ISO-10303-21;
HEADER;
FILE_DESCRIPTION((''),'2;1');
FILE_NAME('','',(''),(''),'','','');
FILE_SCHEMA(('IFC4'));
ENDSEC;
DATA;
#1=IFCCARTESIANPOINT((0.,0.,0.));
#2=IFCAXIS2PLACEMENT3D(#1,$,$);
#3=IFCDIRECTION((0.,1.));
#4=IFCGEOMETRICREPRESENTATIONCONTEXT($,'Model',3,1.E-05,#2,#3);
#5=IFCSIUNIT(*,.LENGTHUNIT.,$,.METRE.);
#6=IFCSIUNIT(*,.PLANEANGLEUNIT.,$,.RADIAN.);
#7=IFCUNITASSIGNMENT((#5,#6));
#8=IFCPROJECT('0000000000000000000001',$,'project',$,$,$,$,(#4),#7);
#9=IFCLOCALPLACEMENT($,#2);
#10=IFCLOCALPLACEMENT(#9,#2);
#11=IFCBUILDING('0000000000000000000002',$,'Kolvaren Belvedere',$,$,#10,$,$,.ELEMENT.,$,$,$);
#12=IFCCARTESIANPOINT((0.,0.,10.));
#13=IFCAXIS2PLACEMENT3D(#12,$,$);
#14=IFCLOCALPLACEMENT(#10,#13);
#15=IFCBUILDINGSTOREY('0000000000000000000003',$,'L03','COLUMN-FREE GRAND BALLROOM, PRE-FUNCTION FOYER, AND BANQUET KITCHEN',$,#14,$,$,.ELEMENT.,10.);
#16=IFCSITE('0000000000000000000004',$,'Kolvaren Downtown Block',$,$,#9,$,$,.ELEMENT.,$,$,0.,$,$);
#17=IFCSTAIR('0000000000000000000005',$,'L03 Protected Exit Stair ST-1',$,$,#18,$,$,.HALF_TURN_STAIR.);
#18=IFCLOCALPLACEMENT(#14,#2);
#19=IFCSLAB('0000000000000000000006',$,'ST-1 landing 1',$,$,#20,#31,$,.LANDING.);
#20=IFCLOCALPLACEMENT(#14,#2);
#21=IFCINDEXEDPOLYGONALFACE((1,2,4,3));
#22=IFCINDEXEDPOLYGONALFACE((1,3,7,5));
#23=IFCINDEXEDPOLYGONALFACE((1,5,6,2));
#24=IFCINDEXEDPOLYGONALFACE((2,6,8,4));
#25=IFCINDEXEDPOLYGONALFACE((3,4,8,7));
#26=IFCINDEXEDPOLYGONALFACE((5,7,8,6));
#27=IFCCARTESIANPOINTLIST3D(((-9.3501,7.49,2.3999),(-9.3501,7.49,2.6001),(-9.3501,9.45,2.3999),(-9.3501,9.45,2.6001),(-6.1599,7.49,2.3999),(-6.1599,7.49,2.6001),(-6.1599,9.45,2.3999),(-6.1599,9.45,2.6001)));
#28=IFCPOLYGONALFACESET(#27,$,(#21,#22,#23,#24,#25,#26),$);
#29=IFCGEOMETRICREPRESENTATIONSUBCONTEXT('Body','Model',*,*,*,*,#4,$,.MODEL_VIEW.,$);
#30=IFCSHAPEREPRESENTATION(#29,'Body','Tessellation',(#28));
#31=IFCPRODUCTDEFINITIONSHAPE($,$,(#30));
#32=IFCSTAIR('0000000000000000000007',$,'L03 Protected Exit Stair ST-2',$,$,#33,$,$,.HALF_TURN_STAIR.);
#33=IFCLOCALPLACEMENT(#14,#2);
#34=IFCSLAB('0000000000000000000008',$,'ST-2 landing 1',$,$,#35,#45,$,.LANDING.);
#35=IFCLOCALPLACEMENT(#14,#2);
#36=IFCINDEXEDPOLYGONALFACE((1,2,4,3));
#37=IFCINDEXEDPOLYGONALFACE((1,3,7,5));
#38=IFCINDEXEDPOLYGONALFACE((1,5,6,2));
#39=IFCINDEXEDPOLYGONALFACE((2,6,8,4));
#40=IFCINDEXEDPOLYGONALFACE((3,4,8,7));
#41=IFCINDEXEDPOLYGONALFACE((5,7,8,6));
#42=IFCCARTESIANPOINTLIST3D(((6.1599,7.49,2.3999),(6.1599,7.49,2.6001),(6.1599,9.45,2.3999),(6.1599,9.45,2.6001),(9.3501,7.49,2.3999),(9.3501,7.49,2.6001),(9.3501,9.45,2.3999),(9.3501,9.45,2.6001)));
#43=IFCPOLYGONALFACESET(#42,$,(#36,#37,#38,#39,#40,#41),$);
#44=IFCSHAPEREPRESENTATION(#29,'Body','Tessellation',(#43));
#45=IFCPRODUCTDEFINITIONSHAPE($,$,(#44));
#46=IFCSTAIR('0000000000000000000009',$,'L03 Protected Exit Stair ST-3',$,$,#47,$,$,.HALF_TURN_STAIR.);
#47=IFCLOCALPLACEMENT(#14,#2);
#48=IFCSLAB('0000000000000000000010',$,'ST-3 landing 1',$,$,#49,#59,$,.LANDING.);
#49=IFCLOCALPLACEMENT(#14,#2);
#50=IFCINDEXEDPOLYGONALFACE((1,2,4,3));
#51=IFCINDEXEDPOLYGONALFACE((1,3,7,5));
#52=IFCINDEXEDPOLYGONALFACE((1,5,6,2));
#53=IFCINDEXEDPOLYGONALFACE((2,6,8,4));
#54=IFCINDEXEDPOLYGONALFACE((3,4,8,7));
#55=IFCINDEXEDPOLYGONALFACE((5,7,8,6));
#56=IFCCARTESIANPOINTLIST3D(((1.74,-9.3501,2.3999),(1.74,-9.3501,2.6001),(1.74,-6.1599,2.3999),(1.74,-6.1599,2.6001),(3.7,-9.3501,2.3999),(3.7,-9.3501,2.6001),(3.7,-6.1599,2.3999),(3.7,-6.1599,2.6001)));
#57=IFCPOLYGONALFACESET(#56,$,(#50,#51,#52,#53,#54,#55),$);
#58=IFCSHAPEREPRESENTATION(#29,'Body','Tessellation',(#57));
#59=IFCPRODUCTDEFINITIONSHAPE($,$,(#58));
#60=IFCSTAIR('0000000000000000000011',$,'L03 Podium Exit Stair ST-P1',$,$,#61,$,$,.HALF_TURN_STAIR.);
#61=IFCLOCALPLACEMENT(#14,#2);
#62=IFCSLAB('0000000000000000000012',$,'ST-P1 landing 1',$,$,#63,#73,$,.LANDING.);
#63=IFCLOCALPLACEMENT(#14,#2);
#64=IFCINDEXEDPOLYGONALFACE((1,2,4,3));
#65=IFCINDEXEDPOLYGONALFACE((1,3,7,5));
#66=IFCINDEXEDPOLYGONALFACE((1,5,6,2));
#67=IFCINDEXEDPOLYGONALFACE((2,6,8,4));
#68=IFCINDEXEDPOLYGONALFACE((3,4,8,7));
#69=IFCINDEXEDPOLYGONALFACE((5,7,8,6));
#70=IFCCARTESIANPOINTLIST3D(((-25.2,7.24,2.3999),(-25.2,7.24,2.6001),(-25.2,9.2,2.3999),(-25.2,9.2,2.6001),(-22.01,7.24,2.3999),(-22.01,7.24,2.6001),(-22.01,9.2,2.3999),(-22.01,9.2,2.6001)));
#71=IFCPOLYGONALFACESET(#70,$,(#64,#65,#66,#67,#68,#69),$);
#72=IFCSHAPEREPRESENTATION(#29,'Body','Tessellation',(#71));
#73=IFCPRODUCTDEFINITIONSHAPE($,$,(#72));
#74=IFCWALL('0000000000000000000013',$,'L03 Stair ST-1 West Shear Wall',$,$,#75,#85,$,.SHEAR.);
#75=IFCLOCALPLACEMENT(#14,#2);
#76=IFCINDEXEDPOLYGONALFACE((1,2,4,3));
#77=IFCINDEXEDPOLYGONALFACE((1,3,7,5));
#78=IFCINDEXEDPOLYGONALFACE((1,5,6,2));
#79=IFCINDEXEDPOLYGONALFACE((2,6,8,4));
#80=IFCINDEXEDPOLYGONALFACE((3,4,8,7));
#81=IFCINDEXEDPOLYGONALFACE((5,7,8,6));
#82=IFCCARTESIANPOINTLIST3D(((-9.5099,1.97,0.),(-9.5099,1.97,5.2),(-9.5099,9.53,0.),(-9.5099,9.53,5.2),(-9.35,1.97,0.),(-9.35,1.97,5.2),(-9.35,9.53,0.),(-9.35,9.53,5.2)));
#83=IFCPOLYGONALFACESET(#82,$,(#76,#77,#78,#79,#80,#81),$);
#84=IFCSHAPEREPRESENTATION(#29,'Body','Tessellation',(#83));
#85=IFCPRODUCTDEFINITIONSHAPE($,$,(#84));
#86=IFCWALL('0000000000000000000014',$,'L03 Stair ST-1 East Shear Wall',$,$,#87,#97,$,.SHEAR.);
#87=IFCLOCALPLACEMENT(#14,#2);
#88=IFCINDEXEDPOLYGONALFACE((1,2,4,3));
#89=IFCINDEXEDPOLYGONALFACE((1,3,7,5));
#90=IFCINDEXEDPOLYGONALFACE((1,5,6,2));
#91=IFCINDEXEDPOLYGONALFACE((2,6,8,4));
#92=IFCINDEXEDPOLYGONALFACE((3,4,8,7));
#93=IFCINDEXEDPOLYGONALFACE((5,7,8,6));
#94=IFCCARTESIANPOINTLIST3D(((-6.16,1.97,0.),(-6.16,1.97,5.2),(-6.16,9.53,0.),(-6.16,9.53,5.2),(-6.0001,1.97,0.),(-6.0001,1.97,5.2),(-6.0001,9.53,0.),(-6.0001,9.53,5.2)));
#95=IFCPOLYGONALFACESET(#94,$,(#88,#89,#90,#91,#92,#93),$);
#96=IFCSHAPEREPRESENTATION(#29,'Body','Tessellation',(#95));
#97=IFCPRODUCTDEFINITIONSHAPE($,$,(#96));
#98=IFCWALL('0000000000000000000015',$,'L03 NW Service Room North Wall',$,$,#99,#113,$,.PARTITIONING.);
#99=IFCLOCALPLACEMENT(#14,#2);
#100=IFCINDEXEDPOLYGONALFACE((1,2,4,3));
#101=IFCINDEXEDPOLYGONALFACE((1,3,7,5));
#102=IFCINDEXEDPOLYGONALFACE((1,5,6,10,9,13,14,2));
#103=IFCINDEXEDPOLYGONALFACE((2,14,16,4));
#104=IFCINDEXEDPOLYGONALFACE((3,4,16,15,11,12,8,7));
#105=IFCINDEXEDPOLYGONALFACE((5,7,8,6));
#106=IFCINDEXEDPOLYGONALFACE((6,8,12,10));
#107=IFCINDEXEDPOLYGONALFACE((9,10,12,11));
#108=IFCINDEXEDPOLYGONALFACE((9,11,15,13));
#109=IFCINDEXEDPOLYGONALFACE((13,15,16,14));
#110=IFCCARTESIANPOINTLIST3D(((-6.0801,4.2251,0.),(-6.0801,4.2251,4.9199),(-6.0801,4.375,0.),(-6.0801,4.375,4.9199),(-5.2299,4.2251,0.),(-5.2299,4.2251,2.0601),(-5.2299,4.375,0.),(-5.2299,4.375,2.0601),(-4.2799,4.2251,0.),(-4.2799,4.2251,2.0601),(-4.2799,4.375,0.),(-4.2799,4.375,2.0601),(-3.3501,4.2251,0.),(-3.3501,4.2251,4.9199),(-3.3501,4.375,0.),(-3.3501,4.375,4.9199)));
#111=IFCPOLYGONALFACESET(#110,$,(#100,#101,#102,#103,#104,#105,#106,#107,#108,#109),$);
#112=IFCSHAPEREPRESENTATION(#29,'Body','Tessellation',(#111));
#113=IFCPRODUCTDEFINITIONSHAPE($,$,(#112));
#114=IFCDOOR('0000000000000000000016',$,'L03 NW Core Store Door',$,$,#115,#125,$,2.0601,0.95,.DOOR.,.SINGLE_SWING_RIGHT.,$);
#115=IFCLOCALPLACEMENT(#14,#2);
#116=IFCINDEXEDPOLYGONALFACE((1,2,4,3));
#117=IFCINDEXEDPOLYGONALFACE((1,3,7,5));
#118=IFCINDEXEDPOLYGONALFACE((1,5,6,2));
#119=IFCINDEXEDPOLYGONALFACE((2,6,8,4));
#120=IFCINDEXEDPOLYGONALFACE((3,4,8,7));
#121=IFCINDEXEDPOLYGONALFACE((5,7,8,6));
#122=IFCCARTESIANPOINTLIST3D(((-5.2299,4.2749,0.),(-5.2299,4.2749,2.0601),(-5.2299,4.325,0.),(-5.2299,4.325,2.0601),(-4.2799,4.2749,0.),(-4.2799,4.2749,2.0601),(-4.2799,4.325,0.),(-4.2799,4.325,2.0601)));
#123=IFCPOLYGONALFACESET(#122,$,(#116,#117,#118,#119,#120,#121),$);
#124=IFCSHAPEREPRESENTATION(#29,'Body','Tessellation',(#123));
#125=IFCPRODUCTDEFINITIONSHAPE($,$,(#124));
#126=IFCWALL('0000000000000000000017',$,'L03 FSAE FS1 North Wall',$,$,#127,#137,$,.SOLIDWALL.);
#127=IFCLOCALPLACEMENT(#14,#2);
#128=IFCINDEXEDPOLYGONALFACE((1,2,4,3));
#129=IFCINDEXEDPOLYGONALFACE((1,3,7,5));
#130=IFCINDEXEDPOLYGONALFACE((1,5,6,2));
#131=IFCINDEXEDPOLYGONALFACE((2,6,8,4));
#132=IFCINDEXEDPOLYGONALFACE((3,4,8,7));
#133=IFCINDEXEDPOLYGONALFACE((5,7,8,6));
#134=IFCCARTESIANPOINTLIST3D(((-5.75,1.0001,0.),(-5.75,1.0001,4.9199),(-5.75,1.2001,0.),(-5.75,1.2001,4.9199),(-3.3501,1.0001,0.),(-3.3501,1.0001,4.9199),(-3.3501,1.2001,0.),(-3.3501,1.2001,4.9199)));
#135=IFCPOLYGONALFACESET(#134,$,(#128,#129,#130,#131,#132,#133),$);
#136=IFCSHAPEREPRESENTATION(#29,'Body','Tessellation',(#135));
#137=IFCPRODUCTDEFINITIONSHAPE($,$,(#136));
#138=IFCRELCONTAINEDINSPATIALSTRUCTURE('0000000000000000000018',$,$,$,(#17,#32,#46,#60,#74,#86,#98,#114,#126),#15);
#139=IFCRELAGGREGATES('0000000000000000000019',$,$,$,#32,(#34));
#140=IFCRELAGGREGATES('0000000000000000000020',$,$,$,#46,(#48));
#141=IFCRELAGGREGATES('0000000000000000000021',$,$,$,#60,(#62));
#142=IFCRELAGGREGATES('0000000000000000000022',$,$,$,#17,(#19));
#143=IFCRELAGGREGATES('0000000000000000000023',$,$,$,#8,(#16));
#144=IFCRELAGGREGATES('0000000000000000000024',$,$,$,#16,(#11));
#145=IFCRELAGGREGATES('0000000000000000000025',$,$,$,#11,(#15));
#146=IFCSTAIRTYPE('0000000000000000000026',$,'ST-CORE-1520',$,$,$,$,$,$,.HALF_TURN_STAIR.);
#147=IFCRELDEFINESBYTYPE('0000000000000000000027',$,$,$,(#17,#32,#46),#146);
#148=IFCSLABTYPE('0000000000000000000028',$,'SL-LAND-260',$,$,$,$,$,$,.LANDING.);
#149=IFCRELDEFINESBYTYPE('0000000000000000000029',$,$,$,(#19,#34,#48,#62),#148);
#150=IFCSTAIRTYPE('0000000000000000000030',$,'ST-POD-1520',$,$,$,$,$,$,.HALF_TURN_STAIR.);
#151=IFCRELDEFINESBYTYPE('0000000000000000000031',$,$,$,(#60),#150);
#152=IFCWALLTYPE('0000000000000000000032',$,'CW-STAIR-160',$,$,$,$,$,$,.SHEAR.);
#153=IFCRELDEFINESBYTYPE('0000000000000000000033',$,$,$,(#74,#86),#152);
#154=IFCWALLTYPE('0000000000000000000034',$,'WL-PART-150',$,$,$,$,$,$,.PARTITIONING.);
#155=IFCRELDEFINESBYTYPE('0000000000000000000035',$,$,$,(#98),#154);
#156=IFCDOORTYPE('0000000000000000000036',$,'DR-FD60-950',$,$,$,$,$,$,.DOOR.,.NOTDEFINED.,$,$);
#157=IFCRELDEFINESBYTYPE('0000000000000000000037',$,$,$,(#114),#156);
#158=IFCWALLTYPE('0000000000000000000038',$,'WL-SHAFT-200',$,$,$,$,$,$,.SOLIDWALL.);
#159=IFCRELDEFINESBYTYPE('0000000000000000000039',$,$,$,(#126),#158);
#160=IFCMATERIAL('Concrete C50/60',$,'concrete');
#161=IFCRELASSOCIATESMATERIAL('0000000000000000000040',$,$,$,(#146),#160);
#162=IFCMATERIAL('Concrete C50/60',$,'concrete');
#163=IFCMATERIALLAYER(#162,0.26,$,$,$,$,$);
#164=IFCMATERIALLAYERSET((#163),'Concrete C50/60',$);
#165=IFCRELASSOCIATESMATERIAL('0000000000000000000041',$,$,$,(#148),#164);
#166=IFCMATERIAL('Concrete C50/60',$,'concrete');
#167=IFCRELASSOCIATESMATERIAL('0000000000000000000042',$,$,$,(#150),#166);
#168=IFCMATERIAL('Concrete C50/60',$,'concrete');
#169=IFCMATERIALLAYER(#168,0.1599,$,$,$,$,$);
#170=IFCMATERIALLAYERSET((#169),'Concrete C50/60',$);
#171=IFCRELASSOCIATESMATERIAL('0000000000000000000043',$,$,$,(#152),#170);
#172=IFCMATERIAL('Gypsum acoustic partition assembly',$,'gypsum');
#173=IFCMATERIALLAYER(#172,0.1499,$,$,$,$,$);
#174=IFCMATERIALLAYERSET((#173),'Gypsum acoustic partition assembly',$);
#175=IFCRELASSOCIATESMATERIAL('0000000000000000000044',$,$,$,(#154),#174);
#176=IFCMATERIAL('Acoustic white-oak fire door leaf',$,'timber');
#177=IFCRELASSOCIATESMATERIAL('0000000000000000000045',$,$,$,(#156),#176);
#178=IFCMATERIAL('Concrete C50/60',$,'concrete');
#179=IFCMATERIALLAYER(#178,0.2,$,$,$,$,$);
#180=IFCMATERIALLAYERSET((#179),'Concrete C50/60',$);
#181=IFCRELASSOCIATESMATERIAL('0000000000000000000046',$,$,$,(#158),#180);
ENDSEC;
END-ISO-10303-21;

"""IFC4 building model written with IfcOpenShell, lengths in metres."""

from ifc_helpers import new_model, si_unit, direction, frame, frame_2d, origin, place, context, subcontext, project, spatial, polyline, rectangle, outline, extrude, material, layer, layer_set, type_object, element, fill, aggregate, save


model = new_model("IFC4")

# Units and contexts
model_context = context("Model", 3, precision=1e-05, world=origin(), true_north=direction((0.0, 1.0)))
body_context = subcontext(model_context, "Body", "Model", "MODEL_VIEW")
ifc_project = project(units=[si_unit("LENGTHUNIT", "METRE"), si_unit("PLANEANGLEUNIT", "RADIAN")], contexts=[model_context])

# Site, building, storey
site_placement = place(None, origin())
site = spatial("IfcSite", under=ifc_project, at=site_placement, Name="Kolvaren Downtown Block", CompositionType="ELEMENT", RefElevation=0.0)
building_placement = place(site_placement, origin())
building = spatial("IfcBuilding", under=site, at=building_placement, Name="Kolvaren Belvedere", CompositionType="ELEMENT")
storey_placement = place(building_placement, frame((0.0, 0.0, 10.0)))
storey = spatial("IfcBuildingStorey", under=building, at=storey_placement, Name="L03", Description="COLUMN-FREE GRAND BALLROOM, PRE-FUNCTION FOYER, AND BANQUET KITCHEN", CompositionType="ELEMENT", Elevation=10.0)

# Stairs, slabs
ifc_material_1 = material(Name="Concrete C50/60", Category="concrete")
stair_type_1 = type_object("IfcStairType", Name="ST-CORE-1520", PredefinedType="HALF_TURN_STAIR", material=ifc_material_1)
stair_1_placement = place(storey_placement, origin())
stair_1 = element("IfcStair", 1, at=stair_1_placement, inside=storey, type_object=stair_type_1, Name="L03 Protected Exit Stair ST-1", PredefinedType="HALF_TURN_STAIR")
ifc_material_2 = material(Name="Concrete C50/60", Category="concrete")
ifc_layer_1 = layer(ifc_material_2, 0.26)
ifc_layer_set_1 = layer_set([ifc_layer_1], Name="Concrete C50/60")
slab_type = type_object("IfcSlabType", Name="SL-LAND-260", PredefinedType="LANDING", material=ifc_layer_set_1)
slab_1_placement = place(storey_placement, frame((0.0, 0.0, 2.3999)))
slab_1 = element("IfcSlab", 2, at=slab_1_placement, type_object=slab_type, Name="ST-1 landing 1", PredefinedType="LANDING", context=body_context, shape_type="SweptSolid", body=[
    extrude(outline(polyline([(-6.1599, 7.49), (-6.1599, 9.45), (-9.3501, 9.45), (-9.3501, 7.49), (-6.1599, 7.49)])), origin(), (0.0, 0.0, 1.0), 0.2002),
])
stair_2_placement = place(storey_placement, origin())
stair_2 = element("IfcStair", 3, at=stair_2_placement, inside=storey, type_object=stair_type_1, Name="L03 Protected Exit Stair ST-2", PredefinedType="HALF_TURN_STAIR")
slab_2_placement = place(storey_placement, frame((0.0, 0.0, 2.3999)))
slab_2 = element("IfcSlab", 4, at=slab_2_placement, type_object=slab_type, Name="ST-2 landing 1", PredefinedType="LANDING", context=body_context, shape_type="SweptSolid", body=[
    extrude(outline(polyline([(9.3501, 7.49), (9.3501, 9.45), (6.1599, 9.45), (6.1599, 7.49), (9.3501, 7.49)])), origin(), (0.0, 0.0, 1.0), 0.2002),
])
aggregate(stair_2, [slab_2])
stair_3_placement = place(storey_placement, origin())
stair_3 = element("IfcStair", 5, at=stair_3_placement, inside=storey, type_object=stair_type_1, Name="L03 Protected Exit Stair ST-3", PredefinedType="HALF_TURN_STAIR")
slab_3_placement = place(storey_placement, frame((0.0, 0.0, 2.3999)))
slab_3 = element("IfcSlab", 6, at=slab_3_placement, type_object=slab_type, Name="ST-3 landing 1", PredefinedType="LANDING", context=body_context, shape_type="SweptSolid", body=[
    extrude(outline(polyline([(1.74, -9.3501), (3.7, -9.3501), (3.7, -6.1599), (1.74, -6.1599), (1.74, -9.3501)])), origin(), (0.0, 0.0, 1.0), 0.2002),
])
aggregate(stair_3, [slab_3])
ifc_material_3 = material(Name="Concrete C50/60", Category="concrete")
stair_type_2 = type_object("IfcStairType", Name="ST-POD-1520", PredefinedType="HALF_TURN_STAIR", material=ifc_material_3)
stair_4_placement = place(storey_placement, origin())
stair_4 = element("IfcStair", 7, at=stair_4_placement, inside=storey, type_object=stair_type_2, Name="L03 Podium Exit Stair ST-P1", PredefinedType="HALF_TURN_STAIR")
slab_4_placement = place(storey_placement, frame((0.0, 0.0, 2.3999)))
slab_4 = element("IfcSlab", 8, at=slab_4_placement, type_object=slab_type, Name="ST-P1 landing 1", PredefinedType="LANDING", context=body_context, shape_type="SweptSolid", body=[
    extrude(outline(polyline([(-22.01, 7.24), (-22.01, 9.2), (-25.2, 9.2), (-25.2, 7.24), (-22.01, 7.24)])), origin(), (0.0, 0.0, 1.0), 0.2002),
])
aggregate(stair_4, [slab_4])

# Walls
ifc_material_4 = material(Name="Concrete C50/60", Category="concrete")
ifc_layer_2 = layer(ifc_material_4, 0.1599)
ifc_layer_set_2 = layer_set([ifc_layer_2], Name="Concrete C50/60")
wall_type_1 = type_object("IfcWallType", Name="CW-STAIR-160", PredefinedType="SHEAR", material=ifc_layer_set_2)
for number, where, z_axis, x_axis, name in (
    (9, (-9.4299, 1.97, 0.0), (0.0, 0.0, 1.0), (0.0, 1.0, 0.0), "L03 Stair ST-1 West Shear Wall"),
    (10, (-6.0801, 1.97, 0.0), (0.0, 0.0, 1.0), (0.0, 1.0, 0.0), "L03 Stair ST-1 East Shear Wall"),
):
    element("IfcWall", number, at=place(storey_placement, frame(where, z_axis=z_axis, x_axis=x_axis)), inside=storey, type_object=wall_type_1, Name=name, PredefinedType="SHEAR", context=body_context, shape_type="SweptSolid", body=[
        extrude(rectangle(XDim=7.5601, YDim=0.1599, at=frame_2d((3.78, 0.0))), origin(), (0.0, 0.0, 1.0), 5.2),
    ])

# Wall, opening, door
ifc_material_5 = material(Name="Gypsum acoustic partition assembly", Category="gypsum")
ifc_layer_3 = layer(ifc_material_5, 0.1499)
ifc_layer_set_3 = layer_set([ifc_layer_3], Name="Gypsum acoustic partition assembly")
wall_type_2 = type_object("IfcWallType", Name="WL-PART-150", PredefinedType="PARTITIONING", material=ifc_layer_set_3)
wall_1_placement = place(storey_placement, frame((-6.0801, 4.3, 0.0), z_axis=(0.0, 0.0, 1.0), x_axis=(1.0, 0.0, 0.0)))
wall_1 = element("IfcWall", 11, at=wall_1_placement, inside=storey, type_object=wall_type_2, Name="L03 NW Service Room North Wall", PredefinedType="PARTITIONING", context=body_context, shape_type="SweptSolid", body=[
    extrude(rectangle(XDim=2.73, YDim=0.1499, at=frame_2d((1.365, 0.0))), origin(), (0.0, 0.0, 1.0), 4.9199),
])
opening_1_placement = place(wall_1_placement, frame((0.8501, 0.0, 0.0)))
opening_1 = element("IfcOpeningElement", 12, at=opening_1_placement, cuts=wall_1, PredefinedType="OPENING", context=body_context, shape_type="SweptSolid", body=[
    extrude(rectangle(XDim=0.95, YDim=2.0601, at=frame_2d((0.4751, 1.03))), frame((0.0, 0.085, 0.0), z_axis=(0.0, -1.0, 0.0), x_axis=(1.0, 0.0, 0.0)), (0.0, 0.0, 1.0), 0.1699),
])
ifc_material_6 = material(Name="Acoustic white-oak fire door leaf", Category="timber")
door_type_1 = type_object("IfcDoorType", Name="DR-FD60-950", OperationType="NOTDEFINED", PredefinedType="DOOR", material=ifc_material_6)
door_1_placement = place(opening_1_placement, origin())
door_1 = element("IfcDoor", 13, at=door_1_placement, inside=storey, type_object=door_type_1, Name="L03 NW Core Store Door", OperationType="SINGLE_SWING_RIGHT", OverallHeight=2.0601, OverallWidth=0.95, PredefinedType="DOOR", context=body_context, shape_type="SweptSolid", body=[
    extrude(rectangle(XDim=0.95, YDim=2.0601, at=frame_2d((0.4751, 1.03))), frame((0.0, 0.0249, 0.0), z_axis=(0.0, -1.0, 0.0), x_axis=(1.0, 0.0, 0.0)), (0.0, 0.0, 1.0), 0.05),
])
fill(opening_1, door_1)

# Wall
ifc_material_7 = material(Name="Concrete C50/60", Category="concrete")
ifc_layer_4 = layer(ifc_material_7, 0.2)
ifc_layer_set_4 = layer_set([ifc_layer_4], Name="Concrete C50/60")
wall_type_3 = type_object("IfcWallType", Name="WL-SHAFT-200", PredefinedType="SOLIDWALL", material=ifc_layer_set_4)
wall_2_placement = place(storey_placement, frame((-5.75, 1.1001, 0.0), z_axis=(0.0, 0.0, 1.0), x_axis=(1.0, 0.0, 0.0)))
element("IfcWall", 14, at=wall_2_placement, inside=storey, type_object=wall_type_3, Name="L03 FSAE FS1 North Wall", PredefinedType="SOLIDWALL", context=body_context, shape_type="SweptSolid", body=[
    extrude(rectangle(XDim=2.3999, YDim=0.2, at=frame_2d((1.2, 0.0))), origin(), (0.0, 0.0, 1.0), 4.9199),
])

aggregate(stair_1, [slab_1])

save(model, "model.ifc")
